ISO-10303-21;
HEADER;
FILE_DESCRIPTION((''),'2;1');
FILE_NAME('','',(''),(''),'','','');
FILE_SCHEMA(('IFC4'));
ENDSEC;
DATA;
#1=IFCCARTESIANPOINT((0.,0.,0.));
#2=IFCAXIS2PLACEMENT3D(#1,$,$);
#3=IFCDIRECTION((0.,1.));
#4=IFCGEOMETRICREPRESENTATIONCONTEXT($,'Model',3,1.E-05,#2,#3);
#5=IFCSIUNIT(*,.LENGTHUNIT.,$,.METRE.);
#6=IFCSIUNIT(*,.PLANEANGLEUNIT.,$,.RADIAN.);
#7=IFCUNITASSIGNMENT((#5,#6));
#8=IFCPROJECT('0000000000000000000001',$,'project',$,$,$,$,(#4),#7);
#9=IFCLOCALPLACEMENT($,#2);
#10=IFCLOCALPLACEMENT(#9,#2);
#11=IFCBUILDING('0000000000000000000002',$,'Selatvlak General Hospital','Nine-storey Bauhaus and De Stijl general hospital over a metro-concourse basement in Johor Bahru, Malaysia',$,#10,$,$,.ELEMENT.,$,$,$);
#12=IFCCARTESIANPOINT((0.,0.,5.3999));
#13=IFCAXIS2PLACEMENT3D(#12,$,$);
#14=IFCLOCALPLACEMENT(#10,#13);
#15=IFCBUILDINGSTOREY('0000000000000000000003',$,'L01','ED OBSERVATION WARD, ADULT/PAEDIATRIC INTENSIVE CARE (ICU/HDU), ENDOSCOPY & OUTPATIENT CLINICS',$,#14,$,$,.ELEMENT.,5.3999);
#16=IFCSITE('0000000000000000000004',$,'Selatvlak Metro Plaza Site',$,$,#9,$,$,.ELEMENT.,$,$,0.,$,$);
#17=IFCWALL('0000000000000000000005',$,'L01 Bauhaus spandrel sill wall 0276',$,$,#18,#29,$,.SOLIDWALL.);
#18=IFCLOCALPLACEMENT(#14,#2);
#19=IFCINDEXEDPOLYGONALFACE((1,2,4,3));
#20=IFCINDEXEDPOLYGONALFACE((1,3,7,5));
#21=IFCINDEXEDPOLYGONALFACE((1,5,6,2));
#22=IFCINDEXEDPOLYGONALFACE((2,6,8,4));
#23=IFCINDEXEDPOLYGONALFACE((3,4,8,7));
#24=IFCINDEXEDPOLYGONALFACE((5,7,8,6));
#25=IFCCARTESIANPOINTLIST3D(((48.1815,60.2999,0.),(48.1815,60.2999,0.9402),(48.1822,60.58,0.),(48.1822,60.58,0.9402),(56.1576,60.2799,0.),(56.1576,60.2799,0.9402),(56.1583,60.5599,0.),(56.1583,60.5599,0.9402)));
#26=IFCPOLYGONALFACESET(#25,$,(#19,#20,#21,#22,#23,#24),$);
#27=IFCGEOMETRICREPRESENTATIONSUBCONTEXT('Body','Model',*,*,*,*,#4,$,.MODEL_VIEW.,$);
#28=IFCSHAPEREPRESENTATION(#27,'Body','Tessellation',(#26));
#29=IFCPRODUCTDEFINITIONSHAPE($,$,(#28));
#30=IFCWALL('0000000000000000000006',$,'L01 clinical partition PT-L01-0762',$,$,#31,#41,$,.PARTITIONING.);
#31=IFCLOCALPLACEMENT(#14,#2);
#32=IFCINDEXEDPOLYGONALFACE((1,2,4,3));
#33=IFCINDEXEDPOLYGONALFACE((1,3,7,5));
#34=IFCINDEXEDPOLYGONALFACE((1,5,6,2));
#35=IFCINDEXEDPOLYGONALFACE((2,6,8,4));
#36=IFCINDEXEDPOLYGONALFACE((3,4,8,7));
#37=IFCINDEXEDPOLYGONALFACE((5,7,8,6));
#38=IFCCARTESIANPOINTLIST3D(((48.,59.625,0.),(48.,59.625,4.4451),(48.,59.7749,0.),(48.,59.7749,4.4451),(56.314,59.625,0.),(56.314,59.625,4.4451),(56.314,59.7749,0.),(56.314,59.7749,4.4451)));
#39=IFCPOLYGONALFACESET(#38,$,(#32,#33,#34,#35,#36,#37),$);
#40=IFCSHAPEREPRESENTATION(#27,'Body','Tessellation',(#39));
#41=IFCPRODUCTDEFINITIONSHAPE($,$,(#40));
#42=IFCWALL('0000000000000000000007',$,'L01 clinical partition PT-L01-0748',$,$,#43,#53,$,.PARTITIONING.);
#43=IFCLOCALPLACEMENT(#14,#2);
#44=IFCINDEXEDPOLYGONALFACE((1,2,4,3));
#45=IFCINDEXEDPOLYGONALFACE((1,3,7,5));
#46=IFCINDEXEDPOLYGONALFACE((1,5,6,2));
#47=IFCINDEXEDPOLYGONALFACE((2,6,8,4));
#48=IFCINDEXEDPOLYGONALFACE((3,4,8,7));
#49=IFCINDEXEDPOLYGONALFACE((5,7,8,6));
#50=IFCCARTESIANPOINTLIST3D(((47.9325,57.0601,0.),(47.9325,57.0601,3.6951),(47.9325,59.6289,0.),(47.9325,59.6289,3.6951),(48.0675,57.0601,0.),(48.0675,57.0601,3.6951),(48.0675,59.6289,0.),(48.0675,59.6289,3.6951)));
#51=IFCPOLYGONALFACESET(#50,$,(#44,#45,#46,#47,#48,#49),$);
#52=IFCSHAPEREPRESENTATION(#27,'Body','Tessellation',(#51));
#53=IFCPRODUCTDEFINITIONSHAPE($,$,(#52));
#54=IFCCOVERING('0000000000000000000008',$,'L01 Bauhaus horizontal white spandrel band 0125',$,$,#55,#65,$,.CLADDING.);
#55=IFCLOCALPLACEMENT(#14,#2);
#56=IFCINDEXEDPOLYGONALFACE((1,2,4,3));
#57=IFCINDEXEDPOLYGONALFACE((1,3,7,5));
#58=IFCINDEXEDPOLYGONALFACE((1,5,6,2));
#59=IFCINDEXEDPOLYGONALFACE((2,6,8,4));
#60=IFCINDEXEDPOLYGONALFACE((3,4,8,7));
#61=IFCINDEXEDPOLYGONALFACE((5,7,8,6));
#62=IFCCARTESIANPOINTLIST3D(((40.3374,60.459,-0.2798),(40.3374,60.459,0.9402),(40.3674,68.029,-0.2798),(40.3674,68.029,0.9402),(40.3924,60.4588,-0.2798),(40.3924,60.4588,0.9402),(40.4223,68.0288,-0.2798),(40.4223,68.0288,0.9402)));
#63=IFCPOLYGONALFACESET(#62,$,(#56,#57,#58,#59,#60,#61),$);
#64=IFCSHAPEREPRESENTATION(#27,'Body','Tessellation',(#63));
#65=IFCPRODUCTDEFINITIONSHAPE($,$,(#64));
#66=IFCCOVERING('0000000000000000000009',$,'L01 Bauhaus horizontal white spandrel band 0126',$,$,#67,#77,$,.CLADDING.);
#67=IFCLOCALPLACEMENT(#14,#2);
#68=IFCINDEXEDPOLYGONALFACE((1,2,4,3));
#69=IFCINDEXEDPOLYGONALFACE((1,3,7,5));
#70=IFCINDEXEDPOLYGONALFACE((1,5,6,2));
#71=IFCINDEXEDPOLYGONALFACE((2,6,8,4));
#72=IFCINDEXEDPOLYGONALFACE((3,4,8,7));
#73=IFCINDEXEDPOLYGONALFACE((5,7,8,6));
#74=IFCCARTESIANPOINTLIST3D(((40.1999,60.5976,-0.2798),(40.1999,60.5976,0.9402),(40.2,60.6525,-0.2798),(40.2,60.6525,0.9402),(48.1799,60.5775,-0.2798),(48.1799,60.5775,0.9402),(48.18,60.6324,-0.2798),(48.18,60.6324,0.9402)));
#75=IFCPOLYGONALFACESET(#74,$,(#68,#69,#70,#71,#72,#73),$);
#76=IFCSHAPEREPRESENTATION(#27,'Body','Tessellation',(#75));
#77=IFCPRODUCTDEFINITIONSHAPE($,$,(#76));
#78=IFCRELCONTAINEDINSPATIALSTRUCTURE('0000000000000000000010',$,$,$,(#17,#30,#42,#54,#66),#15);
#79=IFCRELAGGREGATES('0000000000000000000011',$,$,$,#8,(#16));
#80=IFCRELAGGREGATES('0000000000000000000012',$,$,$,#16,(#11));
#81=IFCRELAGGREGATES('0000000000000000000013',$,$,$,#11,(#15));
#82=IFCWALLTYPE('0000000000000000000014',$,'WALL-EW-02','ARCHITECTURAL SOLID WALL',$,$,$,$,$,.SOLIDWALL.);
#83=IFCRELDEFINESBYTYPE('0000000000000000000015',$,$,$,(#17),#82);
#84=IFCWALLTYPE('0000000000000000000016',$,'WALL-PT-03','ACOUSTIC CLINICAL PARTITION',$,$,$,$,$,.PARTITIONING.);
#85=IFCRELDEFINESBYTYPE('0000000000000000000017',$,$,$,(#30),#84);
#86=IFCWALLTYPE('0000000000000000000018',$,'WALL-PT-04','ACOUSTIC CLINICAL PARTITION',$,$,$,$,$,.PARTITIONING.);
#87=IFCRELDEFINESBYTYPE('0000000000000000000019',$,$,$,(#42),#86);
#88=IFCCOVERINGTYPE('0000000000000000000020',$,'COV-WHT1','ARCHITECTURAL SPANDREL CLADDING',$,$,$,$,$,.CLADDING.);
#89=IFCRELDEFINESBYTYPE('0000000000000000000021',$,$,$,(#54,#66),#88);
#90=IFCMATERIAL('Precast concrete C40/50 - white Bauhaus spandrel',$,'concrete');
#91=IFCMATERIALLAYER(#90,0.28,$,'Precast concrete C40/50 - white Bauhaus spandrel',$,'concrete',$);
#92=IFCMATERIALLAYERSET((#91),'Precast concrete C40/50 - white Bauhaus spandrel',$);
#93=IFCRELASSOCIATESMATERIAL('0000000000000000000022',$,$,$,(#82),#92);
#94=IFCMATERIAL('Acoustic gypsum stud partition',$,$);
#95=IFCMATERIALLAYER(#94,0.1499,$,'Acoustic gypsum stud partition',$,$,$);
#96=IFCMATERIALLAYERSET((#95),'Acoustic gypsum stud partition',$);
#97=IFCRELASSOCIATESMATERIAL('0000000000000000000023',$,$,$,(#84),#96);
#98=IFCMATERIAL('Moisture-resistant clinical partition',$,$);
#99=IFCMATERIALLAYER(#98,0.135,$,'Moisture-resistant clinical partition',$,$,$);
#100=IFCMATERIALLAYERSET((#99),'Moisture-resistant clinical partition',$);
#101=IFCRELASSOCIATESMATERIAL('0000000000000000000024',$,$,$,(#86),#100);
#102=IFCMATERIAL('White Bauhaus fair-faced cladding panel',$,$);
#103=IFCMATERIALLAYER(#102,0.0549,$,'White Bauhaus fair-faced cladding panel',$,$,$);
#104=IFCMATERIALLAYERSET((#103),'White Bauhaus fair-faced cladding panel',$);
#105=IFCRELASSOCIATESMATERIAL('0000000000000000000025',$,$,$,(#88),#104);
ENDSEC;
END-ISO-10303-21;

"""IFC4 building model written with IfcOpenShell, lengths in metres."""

from ifc_helpers import new_model, si_unit, direction, frame, frame_2d, origin, origin_2d, place, context, subcontext, project, spatial, rectangle, extrude, material, layer, layer_set, type_object, element, save


model = new_model("IFC4")

# Units and contexts
model_context = context("Model", 3, precision=1e-05, world=origin(), true_north=direction((0.0, 1.0)))
body_context = subcontext(model_context, "Body", "Model", "MODEL_VIEW")
ifc_project = project(units=[si_unit("LENGTHUNIT", "METRE"), si_unit("PLANEANGLEUNIT", "RADIAN")], contexts=[model_context])

# Site, building, storey
site_placement = place(None, origin())
site = spatial("IfcSite", under=ifc_project, at=site_placement, Name="Selatvlak Metro Plaza Site", CompositionType="ELEMENT", RefElevation=0.0)
building_placement = place(site_placement, origin())
building = spatial("IfcBuilding", under=site, at=building_placement, Name="Selatvlak General Hospital", Description="Nine-storey Bauhaus and De Stijl general hospital over a metro-concourse basement in Johor Bahru, Malaysia", CompositionType="ELEMENT")
storey_placement = place(building_placement, frame((0.0, 0.0, 5.3999)))
storey = spatial("IfcBuildingStorey", under=building, at=storey_placement, Name="L01", Description="ED OBSERVATION WARD, ADULT/PAEDIATRIC INTENSIVE CARE (ICU/HDU), ENDOSCOPY & OUTPATIENT CLINICS", CompositionType="ELEMENT", Elevation=5.3999)

# Walls
ifc_material_1 = material(Name="Precast concrete C40/50 - white Bauhaus spandrel", Category="concrete")
ifc_layer_1 = layer(ifc_material_1, 0.28, Name="Precast concrete C40/50 - white Bauhaus spandrel", Category="concrete")
ifc_layer_set_1 = layer_set([ifc_layer_1], Name="Precast concrete C40/50 - white Bauhaus spandrel")
wall_type_1 = type_object("IfcWallType", Name="WALL-EW-02", Description="ARCHITECTURAL SOLID WALL", PredefinedType="SOLIDWALL", material=ifc_layer_set_1)
wall_1_placement = place(storey_placement, frame((48.1819, 60.4399, 0.0), z_axis=(0.0, 0.0, 1.0), x_axis=(0.999997, -0.00251, 0.0)))
element("IfcWall", 1, at=wall_1_placement, inside=storey, type_object=wall_type_1, Name="L01 Bauhaus spandrel sill wall 0276", PredefinedType="SOLIDWALL", context=body_context, shape_type="SweptSolid", body=[
    extrude(rectangle(XDim=7.9761, YDim=0.28, at=frame_2d((3.988, 0.0))), origin(), (0.0, 0.0, 1.0), 0.9402),
])
ifc_material_2 = material(Name="Acoustic gypsum stud partition")
ifc_layer_2 = layer(ifc_material_2, 0.1499, Name="Acoustic gypsum stud partition")
ifc_layer_set_2 = layer_set([ifc_layer_2], Name="Acoustic gypsum stud partition")
wall_type_2 = type_object("IfcWallType", Name="WALL-PT-03", Description="ACOUSTIC CLINICAL PARTITION", PredefinedType="PARTITIONING", material=ifc_layer_set_2)
wall_2_placement = place(storey_placement, frame((48.0, 59.7, 0.0), z_axis=(0.0, 0.0, 1.0), x_axis=(1.0, 0.0, 0.0)))
element("IfcWall", 2, at=wall_2_placement, inside=storey, type_object=wall_type_2, Name="L01 clinical partition PT-L01-0762", PredefinedType="PARTITIONING", context=body_context, shape_type="SweptSolid", body=[
    extrude(rectangle(XDim=8.314, YDim=0.1499, at=frame_2d((4.157, 0.0))), origin(), (0.0, 0.0, 1.0), 4.4451),
])
ifc_material_3 = material(Name="Moisture-resistant clinical partition")
ifc_layer_3 = layer(ifc_material_3, 0.135, Name="Moisture-resistant clinical partition")
ifc_layer_set_3 = layer_set([ifc_layer_3], Name="Moisture-resistant clinical partition")
wall_type_3 = type_object("IfcWallType", Name="WALL-PT-04", Description="ACOUSTIC CLINICAL PARTITION", PredefinedType="PARTITIONING", material=ifc_layer_set_3)
wall_3_placement = place(storey_placement, frame((48.0, 59.6289, 0.0), z_axis=(0.0, 0.0, 1.0), x_axis=(0.0, -1.0, 0.0)))
element("IfcWall", 3, at=wall_3_placement, inside=storey, type_object=wall_type_3, Name="L01 clinical partition PT-L01-0748", PredefinedType="PARTITIONING", context=body_context, shape_type="SweptSolid", body=[
    extrude(rectangle(XDim=2.5688, YDim=0.135, at=frame_2d((1.2844, 0.0))), origin(), (0.0, 0.0, 1.0), 3.6951),
])

# Coverings
ifc_material_4 = material(Name="White Bauhaus fair-faced cladding panel")
ifc_layer_4 = layer(ifc_material_4, 0.0549, Name="White Bauhaus fair-faced cladding panel")
ifc_layer_set_4 = layer_set([ifc_layer_4], Name="White Bauhaus fair-faced cladding panel")
covering_type = type_object("IfcCoveringType", Name="COV-WHT1", Description="ARCHITECTURAL SPANDREL CLADDING", PredefinedType="CLADDING", material=ifc_layer_set_4)
covering_1_placement = place(storey_placement, frame((40.3799, 64.2439, -0.2798), z_axis=(0.0, 0.0, 1.0), x_axis=(-0.003962, -0.999992, 0.0)))
element("IfcCovering", 4, at=covering_1_placement, inside=storey, type_object=covering_type, Name="L01 Bauhaus horizontal white spandrel band 0125", PredefinedType="CLADDING", context=body_context, shape_type="SweptSolid", body=[
    extrude(rectangle(XDim=7.5701, YDim=0.0549, at=origin_2d()), origin(), (0.0, 0.0, 1.0), 1.22),
])
covering_2_placement = place(storey_placement, frame((44.1899, 60.615, -0.2798), z_axis=(0.0, 0.0, 1.0), x_axis=(0.999997, -0.002513, 0.0)))
element("IfcCovering", 5, at=covering_2_placement, inside=storey, type_object=covering_type, Name="L01 Bauhaus horizontal white spandrel band 0126", PredefinedType="CLADDING", context=body_context, shape_type="SweptSolid", body=[
    extrude(rectangle(XDim=7.98, YDim=0.0549, at=origin_2d()), origin(), (0.0, 0.0, 1.0), 1.22),
])

save(model, "model.ifc")
